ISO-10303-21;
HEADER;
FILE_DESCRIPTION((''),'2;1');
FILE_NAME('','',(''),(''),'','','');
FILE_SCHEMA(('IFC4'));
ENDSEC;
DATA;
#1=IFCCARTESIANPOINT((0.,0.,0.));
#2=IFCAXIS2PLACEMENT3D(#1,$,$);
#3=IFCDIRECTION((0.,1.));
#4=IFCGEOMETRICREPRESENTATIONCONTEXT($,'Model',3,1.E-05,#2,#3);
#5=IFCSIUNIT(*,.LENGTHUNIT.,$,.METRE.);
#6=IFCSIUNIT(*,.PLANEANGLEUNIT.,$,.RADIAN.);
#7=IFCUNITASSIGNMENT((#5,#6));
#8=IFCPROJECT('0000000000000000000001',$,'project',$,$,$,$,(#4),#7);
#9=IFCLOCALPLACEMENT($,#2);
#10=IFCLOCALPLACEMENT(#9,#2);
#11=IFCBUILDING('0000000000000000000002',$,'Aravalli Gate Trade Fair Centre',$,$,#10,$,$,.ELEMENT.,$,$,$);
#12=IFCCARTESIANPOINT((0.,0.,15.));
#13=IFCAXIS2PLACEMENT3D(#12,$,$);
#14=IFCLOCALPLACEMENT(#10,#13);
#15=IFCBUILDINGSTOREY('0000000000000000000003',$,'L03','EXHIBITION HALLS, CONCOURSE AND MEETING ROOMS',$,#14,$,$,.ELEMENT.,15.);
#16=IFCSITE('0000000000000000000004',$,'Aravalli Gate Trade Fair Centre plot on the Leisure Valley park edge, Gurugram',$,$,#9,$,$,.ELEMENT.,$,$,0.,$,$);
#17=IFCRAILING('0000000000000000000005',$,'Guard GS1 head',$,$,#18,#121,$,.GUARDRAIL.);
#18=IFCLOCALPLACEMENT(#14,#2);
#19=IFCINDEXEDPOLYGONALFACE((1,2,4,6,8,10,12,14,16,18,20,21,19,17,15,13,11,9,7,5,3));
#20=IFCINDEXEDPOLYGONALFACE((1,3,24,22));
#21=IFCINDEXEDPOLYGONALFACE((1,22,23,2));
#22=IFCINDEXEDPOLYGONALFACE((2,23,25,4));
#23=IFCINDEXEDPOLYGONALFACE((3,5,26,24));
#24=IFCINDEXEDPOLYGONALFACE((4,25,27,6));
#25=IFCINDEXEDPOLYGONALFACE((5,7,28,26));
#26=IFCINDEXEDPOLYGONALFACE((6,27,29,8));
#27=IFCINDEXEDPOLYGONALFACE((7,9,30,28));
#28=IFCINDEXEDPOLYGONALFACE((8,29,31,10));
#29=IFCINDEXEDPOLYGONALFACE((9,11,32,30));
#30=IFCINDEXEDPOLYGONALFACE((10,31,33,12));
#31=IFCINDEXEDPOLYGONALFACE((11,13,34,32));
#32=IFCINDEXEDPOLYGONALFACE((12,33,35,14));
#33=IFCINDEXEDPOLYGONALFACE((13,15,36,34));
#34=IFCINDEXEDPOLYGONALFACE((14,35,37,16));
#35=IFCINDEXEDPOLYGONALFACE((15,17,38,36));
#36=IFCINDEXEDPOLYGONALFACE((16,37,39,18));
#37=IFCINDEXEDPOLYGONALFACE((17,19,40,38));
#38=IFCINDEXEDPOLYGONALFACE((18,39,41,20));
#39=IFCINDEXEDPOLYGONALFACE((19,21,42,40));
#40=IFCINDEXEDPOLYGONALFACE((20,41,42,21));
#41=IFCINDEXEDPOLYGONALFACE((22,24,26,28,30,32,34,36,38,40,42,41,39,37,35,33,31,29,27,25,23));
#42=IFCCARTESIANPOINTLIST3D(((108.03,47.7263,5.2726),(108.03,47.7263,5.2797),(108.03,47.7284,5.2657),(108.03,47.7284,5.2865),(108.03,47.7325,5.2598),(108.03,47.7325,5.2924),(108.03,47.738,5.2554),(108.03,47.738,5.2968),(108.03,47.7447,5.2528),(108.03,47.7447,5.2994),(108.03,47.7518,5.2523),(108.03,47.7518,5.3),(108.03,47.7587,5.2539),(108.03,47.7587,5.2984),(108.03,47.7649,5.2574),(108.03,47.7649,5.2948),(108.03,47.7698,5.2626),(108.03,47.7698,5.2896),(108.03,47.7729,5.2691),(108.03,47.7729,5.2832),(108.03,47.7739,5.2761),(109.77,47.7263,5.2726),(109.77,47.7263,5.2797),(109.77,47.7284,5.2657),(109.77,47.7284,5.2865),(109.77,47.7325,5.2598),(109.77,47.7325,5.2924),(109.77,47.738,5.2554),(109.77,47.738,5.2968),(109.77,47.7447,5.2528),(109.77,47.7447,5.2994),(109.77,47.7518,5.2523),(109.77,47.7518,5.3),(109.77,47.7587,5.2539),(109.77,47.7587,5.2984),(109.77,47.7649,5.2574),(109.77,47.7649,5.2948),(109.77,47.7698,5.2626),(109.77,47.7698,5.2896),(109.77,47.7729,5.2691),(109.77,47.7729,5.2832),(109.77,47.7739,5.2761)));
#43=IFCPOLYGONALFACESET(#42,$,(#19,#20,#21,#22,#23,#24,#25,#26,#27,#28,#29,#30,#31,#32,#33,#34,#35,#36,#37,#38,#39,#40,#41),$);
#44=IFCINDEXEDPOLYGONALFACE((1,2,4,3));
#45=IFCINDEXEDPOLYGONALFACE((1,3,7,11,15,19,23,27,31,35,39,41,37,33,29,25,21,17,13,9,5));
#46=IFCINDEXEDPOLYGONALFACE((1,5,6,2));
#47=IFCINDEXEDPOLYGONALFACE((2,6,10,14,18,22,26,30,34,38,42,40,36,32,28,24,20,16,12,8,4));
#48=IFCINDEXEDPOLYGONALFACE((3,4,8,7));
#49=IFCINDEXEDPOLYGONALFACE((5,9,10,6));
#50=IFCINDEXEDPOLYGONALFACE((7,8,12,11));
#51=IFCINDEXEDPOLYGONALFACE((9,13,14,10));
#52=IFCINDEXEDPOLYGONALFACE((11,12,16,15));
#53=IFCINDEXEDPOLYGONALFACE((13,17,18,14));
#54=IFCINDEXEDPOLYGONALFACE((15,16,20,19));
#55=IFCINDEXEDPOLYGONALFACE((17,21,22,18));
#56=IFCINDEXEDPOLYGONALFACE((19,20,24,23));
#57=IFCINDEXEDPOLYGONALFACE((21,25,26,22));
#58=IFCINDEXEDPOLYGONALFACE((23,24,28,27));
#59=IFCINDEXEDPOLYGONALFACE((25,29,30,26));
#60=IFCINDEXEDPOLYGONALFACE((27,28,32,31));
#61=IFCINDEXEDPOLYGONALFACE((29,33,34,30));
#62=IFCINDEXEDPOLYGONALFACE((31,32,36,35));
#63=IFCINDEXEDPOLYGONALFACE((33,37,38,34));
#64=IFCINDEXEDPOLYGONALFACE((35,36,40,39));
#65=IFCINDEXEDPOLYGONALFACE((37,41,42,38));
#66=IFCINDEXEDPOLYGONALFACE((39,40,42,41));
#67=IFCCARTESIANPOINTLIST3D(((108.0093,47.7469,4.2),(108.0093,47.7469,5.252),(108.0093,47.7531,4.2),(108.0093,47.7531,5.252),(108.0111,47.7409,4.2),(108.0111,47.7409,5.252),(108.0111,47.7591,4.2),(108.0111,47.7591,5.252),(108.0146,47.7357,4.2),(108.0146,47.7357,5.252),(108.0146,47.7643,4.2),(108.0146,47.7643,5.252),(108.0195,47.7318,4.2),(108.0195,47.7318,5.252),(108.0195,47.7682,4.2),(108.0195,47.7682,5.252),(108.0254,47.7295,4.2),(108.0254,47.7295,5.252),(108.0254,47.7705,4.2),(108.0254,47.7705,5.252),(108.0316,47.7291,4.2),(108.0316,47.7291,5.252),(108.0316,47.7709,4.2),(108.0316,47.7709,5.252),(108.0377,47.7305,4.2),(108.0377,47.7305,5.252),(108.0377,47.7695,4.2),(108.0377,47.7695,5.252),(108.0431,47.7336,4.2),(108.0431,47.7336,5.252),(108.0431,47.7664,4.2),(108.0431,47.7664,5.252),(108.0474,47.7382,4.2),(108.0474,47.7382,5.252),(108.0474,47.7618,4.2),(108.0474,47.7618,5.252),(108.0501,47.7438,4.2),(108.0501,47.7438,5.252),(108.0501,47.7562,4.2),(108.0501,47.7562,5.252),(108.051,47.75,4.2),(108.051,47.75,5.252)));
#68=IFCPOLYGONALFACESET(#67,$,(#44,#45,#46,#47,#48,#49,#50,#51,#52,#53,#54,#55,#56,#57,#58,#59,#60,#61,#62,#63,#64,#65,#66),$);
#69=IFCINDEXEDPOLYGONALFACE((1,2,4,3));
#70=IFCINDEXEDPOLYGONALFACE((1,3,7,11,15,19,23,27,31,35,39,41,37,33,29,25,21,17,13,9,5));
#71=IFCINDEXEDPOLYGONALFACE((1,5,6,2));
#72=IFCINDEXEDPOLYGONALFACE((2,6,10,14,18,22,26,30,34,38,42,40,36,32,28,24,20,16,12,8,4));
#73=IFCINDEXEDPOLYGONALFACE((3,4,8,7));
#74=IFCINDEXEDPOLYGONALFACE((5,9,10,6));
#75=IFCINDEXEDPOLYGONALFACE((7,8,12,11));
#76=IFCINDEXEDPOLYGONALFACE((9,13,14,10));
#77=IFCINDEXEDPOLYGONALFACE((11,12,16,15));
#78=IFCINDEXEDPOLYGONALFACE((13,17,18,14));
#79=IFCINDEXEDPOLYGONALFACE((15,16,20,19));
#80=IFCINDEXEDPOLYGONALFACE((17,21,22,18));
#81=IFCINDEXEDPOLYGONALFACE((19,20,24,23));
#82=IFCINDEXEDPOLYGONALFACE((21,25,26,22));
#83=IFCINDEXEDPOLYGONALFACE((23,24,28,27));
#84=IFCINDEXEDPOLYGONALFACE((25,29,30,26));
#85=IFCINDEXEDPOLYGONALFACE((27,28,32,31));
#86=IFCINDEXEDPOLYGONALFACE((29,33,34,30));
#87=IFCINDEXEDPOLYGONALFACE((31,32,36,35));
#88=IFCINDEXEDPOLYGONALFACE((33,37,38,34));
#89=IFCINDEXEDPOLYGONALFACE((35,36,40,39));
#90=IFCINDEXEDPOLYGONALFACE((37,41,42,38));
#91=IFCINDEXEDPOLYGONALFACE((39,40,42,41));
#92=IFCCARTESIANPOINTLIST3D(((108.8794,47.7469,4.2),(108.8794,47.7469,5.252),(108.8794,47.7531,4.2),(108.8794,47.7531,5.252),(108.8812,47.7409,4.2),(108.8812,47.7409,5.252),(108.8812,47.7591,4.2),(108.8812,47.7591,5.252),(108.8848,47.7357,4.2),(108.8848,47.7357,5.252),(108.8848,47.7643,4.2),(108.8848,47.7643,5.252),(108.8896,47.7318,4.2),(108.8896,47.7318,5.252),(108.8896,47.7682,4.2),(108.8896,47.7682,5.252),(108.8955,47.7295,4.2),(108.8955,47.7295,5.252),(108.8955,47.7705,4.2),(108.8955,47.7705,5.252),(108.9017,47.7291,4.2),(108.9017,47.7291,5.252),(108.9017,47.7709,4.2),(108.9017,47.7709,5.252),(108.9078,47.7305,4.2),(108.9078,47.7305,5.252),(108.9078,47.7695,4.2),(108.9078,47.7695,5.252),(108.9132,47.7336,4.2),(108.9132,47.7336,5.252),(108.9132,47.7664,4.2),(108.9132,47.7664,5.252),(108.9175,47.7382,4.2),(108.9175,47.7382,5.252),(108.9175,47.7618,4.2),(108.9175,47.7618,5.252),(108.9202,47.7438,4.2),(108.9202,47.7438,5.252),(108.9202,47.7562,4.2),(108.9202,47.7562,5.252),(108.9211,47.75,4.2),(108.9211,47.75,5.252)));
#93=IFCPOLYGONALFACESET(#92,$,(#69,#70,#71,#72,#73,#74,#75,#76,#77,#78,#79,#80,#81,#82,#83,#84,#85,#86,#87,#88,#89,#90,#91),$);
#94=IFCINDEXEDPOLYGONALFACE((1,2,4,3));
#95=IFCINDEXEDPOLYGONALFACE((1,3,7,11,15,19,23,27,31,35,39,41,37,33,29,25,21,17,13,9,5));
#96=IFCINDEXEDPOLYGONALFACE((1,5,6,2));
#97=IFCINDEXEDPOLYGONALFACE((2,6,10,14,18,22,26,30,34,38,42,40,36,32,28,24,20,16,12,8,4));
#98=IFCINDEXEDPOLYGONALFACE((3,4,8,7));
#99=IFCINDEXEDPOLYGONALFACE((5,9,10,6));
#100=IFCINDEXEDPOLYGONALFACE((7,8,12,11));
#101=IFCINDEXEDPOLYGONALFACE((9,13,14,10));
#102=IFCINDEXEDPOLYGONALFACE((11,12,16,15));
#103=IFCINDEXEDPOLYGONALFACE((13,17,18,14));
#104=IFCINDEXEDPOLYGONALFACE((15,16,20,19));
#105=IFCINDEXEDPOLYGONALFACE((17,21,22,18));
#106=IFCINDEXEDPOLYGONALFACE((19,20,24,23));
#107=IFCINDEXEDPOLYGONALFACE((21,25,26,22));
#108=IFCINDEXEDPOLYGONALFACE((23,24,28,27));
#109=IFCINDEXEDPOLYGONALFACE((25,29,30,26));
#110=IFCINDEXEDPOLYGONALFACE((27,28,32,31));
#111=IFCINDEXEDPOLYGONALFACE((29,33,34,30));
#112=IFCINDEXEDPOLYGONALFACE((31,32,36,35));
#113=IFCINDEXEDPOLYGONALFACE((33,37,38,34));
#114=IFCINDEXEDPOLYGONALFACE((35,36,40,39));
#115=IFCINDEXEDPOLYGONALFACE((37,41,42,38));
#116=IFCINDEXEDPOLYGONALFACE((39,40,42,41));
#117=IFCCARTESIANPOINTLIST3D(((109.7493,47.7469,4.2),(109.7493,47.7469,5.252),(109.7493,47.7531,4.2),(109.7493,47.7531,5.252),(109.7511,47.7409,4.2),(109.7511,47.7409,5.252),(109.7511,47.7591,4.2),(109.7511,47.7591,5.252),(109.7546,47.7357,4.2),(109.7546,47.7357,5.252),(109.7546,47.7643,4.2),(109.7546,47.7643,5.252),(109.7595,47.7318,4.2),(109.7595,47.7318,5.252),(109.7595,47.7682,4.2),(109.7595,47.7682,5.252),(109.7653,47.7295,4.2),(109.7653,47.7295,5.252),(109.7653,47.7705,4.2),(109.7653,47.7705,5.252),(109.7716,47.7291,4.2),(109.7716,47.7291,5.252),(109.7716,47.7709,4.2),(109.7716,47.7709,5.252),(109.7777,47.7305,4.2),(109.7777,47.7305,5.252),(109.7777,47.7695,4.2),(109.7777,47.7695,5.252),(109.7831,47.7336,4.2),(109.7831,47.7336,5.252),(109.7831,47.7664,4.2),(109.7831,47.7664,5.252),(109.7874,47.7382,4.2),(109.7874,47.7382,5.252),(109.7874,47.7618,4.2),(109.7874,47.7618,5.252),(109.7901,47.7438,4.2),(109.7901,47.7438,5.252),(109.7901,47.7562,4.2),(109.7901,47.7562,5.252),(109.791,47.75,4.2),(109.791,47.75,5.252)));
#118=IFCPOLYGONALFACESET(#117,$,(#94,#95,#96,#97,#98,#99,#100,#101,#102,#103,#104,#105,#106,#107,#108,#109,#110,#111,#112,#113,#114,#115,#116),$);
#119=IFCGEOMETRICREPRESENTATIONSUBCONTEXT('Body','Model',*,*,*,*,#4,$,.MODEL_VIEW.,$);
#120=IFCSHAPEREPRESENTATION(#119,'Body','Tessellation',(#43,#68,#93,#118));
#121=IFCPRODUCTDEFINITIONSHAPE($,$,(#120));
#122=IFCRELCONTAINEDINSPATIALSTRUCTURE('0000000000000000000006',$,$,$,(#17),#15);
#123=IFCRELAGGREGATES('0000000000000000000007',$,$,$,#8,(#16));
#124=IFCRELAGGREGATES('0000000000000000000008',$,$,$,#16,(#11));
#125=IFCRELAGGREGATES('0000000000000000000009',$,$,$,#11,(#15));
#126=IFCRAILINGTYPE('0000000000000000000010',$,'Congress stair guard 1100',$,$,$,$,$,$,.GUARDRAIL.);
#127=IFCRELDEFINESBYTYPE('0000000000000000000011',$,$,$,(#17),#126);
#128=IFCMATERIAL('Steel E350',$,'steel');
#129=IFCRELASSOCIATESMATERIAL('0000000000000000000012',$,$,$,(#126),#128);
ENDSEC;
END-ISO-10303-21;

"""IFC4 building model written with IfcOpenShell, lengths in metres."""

from ifc_helpers import new_model, si_unit, direction, frame, origin, origin_2d, place, context, subcontext, project, spatial, circle, extrude, material, type_object, element, save


model = new_model("IFC4")

# Units and contexts
model_context = context("Model", 3, precision=1e-05, world=origin(), true_north=direction((0.0, 1.0)))
body_context = subcontext(model_context, "Body", "Model", "MODEL_VIEW")
ifc_project = project(units=[si_unit("LENGTHUNIT", "METRE"), si_unit("PLANEANGLEUNIT", "RADIAN")], contexts=[model_context])

# Site, building, storey
site_placement = place(None, origin())
site = spatial("IfcSite", under=ifc_project, at=site_placement, Name="Aravalli Gate Trade Fair Centre plot on the Leisure Valley park edge, Gurugram", CompositionType="ELEMENT", RefElevation=0.0)
building_placement = place(site_placement, origin())
building = spatial("IfcBuilding", under=site, at=building_placement, Name="Aravalli Gate Trade Fair Centre", CompositionType="ELEMENT")
storey_placement = place(building_placement, frame((0.0, 0.0, 15.0)))
storey = spatial("IfcBuildingStorey", under=building, at=storey_placement, Name="L03", Description="EXHIBITION HALLS, CONCOURSE AND MEETING ROOMS", CompositionType="ELEMENT", Elevation=15.0)

# Railing
ifc_material_1 = material(Name="Steel E350", Category="steel")
railing_type_1 = type_object("IfcRailingType", Name="Congress stair guard 1100", PredefinedType="GUARDRAIL", material=ifc_material_1)
railing_1_placement = place(storey_placement, frame((108.03, 47.75, 4.2)))
element("IfcRailing", 1, at=railing_1_placement, inside=storey, type_object=railing_type_1, Name="Guard GS1 head", PredefinedType="GUARDRAIL", context=body_context, shape_type="SweptSolid", body=[
    extrude(circle(Radius=0.0239, at=origin_2d()), frame((0.0, 0.0, 1.0762), z_axis=(1.0, 0.0, 0.0), x_axis=(0.0, 1.0, 0.0)), (0.0, 0.0, 1.0), 1.74),
    extrude(circle(Radius=0.021, at=origin_2d()), origin(), (0.0, 0.0, 1.0), 1.052),
    extrude(circle(Radius=0.021, at=origin_2d()), frame((0.8701, 0.0, 0.0)), (0.0, 0.0, 1.0), 1.052),
    extrude(circle(Radius=0.021, at=origin_2d()), frame((1.74, 0.0, 0.0)), (0.0, 0.0, 1.0), 1.052),
])

save(model, "model.ifc")
